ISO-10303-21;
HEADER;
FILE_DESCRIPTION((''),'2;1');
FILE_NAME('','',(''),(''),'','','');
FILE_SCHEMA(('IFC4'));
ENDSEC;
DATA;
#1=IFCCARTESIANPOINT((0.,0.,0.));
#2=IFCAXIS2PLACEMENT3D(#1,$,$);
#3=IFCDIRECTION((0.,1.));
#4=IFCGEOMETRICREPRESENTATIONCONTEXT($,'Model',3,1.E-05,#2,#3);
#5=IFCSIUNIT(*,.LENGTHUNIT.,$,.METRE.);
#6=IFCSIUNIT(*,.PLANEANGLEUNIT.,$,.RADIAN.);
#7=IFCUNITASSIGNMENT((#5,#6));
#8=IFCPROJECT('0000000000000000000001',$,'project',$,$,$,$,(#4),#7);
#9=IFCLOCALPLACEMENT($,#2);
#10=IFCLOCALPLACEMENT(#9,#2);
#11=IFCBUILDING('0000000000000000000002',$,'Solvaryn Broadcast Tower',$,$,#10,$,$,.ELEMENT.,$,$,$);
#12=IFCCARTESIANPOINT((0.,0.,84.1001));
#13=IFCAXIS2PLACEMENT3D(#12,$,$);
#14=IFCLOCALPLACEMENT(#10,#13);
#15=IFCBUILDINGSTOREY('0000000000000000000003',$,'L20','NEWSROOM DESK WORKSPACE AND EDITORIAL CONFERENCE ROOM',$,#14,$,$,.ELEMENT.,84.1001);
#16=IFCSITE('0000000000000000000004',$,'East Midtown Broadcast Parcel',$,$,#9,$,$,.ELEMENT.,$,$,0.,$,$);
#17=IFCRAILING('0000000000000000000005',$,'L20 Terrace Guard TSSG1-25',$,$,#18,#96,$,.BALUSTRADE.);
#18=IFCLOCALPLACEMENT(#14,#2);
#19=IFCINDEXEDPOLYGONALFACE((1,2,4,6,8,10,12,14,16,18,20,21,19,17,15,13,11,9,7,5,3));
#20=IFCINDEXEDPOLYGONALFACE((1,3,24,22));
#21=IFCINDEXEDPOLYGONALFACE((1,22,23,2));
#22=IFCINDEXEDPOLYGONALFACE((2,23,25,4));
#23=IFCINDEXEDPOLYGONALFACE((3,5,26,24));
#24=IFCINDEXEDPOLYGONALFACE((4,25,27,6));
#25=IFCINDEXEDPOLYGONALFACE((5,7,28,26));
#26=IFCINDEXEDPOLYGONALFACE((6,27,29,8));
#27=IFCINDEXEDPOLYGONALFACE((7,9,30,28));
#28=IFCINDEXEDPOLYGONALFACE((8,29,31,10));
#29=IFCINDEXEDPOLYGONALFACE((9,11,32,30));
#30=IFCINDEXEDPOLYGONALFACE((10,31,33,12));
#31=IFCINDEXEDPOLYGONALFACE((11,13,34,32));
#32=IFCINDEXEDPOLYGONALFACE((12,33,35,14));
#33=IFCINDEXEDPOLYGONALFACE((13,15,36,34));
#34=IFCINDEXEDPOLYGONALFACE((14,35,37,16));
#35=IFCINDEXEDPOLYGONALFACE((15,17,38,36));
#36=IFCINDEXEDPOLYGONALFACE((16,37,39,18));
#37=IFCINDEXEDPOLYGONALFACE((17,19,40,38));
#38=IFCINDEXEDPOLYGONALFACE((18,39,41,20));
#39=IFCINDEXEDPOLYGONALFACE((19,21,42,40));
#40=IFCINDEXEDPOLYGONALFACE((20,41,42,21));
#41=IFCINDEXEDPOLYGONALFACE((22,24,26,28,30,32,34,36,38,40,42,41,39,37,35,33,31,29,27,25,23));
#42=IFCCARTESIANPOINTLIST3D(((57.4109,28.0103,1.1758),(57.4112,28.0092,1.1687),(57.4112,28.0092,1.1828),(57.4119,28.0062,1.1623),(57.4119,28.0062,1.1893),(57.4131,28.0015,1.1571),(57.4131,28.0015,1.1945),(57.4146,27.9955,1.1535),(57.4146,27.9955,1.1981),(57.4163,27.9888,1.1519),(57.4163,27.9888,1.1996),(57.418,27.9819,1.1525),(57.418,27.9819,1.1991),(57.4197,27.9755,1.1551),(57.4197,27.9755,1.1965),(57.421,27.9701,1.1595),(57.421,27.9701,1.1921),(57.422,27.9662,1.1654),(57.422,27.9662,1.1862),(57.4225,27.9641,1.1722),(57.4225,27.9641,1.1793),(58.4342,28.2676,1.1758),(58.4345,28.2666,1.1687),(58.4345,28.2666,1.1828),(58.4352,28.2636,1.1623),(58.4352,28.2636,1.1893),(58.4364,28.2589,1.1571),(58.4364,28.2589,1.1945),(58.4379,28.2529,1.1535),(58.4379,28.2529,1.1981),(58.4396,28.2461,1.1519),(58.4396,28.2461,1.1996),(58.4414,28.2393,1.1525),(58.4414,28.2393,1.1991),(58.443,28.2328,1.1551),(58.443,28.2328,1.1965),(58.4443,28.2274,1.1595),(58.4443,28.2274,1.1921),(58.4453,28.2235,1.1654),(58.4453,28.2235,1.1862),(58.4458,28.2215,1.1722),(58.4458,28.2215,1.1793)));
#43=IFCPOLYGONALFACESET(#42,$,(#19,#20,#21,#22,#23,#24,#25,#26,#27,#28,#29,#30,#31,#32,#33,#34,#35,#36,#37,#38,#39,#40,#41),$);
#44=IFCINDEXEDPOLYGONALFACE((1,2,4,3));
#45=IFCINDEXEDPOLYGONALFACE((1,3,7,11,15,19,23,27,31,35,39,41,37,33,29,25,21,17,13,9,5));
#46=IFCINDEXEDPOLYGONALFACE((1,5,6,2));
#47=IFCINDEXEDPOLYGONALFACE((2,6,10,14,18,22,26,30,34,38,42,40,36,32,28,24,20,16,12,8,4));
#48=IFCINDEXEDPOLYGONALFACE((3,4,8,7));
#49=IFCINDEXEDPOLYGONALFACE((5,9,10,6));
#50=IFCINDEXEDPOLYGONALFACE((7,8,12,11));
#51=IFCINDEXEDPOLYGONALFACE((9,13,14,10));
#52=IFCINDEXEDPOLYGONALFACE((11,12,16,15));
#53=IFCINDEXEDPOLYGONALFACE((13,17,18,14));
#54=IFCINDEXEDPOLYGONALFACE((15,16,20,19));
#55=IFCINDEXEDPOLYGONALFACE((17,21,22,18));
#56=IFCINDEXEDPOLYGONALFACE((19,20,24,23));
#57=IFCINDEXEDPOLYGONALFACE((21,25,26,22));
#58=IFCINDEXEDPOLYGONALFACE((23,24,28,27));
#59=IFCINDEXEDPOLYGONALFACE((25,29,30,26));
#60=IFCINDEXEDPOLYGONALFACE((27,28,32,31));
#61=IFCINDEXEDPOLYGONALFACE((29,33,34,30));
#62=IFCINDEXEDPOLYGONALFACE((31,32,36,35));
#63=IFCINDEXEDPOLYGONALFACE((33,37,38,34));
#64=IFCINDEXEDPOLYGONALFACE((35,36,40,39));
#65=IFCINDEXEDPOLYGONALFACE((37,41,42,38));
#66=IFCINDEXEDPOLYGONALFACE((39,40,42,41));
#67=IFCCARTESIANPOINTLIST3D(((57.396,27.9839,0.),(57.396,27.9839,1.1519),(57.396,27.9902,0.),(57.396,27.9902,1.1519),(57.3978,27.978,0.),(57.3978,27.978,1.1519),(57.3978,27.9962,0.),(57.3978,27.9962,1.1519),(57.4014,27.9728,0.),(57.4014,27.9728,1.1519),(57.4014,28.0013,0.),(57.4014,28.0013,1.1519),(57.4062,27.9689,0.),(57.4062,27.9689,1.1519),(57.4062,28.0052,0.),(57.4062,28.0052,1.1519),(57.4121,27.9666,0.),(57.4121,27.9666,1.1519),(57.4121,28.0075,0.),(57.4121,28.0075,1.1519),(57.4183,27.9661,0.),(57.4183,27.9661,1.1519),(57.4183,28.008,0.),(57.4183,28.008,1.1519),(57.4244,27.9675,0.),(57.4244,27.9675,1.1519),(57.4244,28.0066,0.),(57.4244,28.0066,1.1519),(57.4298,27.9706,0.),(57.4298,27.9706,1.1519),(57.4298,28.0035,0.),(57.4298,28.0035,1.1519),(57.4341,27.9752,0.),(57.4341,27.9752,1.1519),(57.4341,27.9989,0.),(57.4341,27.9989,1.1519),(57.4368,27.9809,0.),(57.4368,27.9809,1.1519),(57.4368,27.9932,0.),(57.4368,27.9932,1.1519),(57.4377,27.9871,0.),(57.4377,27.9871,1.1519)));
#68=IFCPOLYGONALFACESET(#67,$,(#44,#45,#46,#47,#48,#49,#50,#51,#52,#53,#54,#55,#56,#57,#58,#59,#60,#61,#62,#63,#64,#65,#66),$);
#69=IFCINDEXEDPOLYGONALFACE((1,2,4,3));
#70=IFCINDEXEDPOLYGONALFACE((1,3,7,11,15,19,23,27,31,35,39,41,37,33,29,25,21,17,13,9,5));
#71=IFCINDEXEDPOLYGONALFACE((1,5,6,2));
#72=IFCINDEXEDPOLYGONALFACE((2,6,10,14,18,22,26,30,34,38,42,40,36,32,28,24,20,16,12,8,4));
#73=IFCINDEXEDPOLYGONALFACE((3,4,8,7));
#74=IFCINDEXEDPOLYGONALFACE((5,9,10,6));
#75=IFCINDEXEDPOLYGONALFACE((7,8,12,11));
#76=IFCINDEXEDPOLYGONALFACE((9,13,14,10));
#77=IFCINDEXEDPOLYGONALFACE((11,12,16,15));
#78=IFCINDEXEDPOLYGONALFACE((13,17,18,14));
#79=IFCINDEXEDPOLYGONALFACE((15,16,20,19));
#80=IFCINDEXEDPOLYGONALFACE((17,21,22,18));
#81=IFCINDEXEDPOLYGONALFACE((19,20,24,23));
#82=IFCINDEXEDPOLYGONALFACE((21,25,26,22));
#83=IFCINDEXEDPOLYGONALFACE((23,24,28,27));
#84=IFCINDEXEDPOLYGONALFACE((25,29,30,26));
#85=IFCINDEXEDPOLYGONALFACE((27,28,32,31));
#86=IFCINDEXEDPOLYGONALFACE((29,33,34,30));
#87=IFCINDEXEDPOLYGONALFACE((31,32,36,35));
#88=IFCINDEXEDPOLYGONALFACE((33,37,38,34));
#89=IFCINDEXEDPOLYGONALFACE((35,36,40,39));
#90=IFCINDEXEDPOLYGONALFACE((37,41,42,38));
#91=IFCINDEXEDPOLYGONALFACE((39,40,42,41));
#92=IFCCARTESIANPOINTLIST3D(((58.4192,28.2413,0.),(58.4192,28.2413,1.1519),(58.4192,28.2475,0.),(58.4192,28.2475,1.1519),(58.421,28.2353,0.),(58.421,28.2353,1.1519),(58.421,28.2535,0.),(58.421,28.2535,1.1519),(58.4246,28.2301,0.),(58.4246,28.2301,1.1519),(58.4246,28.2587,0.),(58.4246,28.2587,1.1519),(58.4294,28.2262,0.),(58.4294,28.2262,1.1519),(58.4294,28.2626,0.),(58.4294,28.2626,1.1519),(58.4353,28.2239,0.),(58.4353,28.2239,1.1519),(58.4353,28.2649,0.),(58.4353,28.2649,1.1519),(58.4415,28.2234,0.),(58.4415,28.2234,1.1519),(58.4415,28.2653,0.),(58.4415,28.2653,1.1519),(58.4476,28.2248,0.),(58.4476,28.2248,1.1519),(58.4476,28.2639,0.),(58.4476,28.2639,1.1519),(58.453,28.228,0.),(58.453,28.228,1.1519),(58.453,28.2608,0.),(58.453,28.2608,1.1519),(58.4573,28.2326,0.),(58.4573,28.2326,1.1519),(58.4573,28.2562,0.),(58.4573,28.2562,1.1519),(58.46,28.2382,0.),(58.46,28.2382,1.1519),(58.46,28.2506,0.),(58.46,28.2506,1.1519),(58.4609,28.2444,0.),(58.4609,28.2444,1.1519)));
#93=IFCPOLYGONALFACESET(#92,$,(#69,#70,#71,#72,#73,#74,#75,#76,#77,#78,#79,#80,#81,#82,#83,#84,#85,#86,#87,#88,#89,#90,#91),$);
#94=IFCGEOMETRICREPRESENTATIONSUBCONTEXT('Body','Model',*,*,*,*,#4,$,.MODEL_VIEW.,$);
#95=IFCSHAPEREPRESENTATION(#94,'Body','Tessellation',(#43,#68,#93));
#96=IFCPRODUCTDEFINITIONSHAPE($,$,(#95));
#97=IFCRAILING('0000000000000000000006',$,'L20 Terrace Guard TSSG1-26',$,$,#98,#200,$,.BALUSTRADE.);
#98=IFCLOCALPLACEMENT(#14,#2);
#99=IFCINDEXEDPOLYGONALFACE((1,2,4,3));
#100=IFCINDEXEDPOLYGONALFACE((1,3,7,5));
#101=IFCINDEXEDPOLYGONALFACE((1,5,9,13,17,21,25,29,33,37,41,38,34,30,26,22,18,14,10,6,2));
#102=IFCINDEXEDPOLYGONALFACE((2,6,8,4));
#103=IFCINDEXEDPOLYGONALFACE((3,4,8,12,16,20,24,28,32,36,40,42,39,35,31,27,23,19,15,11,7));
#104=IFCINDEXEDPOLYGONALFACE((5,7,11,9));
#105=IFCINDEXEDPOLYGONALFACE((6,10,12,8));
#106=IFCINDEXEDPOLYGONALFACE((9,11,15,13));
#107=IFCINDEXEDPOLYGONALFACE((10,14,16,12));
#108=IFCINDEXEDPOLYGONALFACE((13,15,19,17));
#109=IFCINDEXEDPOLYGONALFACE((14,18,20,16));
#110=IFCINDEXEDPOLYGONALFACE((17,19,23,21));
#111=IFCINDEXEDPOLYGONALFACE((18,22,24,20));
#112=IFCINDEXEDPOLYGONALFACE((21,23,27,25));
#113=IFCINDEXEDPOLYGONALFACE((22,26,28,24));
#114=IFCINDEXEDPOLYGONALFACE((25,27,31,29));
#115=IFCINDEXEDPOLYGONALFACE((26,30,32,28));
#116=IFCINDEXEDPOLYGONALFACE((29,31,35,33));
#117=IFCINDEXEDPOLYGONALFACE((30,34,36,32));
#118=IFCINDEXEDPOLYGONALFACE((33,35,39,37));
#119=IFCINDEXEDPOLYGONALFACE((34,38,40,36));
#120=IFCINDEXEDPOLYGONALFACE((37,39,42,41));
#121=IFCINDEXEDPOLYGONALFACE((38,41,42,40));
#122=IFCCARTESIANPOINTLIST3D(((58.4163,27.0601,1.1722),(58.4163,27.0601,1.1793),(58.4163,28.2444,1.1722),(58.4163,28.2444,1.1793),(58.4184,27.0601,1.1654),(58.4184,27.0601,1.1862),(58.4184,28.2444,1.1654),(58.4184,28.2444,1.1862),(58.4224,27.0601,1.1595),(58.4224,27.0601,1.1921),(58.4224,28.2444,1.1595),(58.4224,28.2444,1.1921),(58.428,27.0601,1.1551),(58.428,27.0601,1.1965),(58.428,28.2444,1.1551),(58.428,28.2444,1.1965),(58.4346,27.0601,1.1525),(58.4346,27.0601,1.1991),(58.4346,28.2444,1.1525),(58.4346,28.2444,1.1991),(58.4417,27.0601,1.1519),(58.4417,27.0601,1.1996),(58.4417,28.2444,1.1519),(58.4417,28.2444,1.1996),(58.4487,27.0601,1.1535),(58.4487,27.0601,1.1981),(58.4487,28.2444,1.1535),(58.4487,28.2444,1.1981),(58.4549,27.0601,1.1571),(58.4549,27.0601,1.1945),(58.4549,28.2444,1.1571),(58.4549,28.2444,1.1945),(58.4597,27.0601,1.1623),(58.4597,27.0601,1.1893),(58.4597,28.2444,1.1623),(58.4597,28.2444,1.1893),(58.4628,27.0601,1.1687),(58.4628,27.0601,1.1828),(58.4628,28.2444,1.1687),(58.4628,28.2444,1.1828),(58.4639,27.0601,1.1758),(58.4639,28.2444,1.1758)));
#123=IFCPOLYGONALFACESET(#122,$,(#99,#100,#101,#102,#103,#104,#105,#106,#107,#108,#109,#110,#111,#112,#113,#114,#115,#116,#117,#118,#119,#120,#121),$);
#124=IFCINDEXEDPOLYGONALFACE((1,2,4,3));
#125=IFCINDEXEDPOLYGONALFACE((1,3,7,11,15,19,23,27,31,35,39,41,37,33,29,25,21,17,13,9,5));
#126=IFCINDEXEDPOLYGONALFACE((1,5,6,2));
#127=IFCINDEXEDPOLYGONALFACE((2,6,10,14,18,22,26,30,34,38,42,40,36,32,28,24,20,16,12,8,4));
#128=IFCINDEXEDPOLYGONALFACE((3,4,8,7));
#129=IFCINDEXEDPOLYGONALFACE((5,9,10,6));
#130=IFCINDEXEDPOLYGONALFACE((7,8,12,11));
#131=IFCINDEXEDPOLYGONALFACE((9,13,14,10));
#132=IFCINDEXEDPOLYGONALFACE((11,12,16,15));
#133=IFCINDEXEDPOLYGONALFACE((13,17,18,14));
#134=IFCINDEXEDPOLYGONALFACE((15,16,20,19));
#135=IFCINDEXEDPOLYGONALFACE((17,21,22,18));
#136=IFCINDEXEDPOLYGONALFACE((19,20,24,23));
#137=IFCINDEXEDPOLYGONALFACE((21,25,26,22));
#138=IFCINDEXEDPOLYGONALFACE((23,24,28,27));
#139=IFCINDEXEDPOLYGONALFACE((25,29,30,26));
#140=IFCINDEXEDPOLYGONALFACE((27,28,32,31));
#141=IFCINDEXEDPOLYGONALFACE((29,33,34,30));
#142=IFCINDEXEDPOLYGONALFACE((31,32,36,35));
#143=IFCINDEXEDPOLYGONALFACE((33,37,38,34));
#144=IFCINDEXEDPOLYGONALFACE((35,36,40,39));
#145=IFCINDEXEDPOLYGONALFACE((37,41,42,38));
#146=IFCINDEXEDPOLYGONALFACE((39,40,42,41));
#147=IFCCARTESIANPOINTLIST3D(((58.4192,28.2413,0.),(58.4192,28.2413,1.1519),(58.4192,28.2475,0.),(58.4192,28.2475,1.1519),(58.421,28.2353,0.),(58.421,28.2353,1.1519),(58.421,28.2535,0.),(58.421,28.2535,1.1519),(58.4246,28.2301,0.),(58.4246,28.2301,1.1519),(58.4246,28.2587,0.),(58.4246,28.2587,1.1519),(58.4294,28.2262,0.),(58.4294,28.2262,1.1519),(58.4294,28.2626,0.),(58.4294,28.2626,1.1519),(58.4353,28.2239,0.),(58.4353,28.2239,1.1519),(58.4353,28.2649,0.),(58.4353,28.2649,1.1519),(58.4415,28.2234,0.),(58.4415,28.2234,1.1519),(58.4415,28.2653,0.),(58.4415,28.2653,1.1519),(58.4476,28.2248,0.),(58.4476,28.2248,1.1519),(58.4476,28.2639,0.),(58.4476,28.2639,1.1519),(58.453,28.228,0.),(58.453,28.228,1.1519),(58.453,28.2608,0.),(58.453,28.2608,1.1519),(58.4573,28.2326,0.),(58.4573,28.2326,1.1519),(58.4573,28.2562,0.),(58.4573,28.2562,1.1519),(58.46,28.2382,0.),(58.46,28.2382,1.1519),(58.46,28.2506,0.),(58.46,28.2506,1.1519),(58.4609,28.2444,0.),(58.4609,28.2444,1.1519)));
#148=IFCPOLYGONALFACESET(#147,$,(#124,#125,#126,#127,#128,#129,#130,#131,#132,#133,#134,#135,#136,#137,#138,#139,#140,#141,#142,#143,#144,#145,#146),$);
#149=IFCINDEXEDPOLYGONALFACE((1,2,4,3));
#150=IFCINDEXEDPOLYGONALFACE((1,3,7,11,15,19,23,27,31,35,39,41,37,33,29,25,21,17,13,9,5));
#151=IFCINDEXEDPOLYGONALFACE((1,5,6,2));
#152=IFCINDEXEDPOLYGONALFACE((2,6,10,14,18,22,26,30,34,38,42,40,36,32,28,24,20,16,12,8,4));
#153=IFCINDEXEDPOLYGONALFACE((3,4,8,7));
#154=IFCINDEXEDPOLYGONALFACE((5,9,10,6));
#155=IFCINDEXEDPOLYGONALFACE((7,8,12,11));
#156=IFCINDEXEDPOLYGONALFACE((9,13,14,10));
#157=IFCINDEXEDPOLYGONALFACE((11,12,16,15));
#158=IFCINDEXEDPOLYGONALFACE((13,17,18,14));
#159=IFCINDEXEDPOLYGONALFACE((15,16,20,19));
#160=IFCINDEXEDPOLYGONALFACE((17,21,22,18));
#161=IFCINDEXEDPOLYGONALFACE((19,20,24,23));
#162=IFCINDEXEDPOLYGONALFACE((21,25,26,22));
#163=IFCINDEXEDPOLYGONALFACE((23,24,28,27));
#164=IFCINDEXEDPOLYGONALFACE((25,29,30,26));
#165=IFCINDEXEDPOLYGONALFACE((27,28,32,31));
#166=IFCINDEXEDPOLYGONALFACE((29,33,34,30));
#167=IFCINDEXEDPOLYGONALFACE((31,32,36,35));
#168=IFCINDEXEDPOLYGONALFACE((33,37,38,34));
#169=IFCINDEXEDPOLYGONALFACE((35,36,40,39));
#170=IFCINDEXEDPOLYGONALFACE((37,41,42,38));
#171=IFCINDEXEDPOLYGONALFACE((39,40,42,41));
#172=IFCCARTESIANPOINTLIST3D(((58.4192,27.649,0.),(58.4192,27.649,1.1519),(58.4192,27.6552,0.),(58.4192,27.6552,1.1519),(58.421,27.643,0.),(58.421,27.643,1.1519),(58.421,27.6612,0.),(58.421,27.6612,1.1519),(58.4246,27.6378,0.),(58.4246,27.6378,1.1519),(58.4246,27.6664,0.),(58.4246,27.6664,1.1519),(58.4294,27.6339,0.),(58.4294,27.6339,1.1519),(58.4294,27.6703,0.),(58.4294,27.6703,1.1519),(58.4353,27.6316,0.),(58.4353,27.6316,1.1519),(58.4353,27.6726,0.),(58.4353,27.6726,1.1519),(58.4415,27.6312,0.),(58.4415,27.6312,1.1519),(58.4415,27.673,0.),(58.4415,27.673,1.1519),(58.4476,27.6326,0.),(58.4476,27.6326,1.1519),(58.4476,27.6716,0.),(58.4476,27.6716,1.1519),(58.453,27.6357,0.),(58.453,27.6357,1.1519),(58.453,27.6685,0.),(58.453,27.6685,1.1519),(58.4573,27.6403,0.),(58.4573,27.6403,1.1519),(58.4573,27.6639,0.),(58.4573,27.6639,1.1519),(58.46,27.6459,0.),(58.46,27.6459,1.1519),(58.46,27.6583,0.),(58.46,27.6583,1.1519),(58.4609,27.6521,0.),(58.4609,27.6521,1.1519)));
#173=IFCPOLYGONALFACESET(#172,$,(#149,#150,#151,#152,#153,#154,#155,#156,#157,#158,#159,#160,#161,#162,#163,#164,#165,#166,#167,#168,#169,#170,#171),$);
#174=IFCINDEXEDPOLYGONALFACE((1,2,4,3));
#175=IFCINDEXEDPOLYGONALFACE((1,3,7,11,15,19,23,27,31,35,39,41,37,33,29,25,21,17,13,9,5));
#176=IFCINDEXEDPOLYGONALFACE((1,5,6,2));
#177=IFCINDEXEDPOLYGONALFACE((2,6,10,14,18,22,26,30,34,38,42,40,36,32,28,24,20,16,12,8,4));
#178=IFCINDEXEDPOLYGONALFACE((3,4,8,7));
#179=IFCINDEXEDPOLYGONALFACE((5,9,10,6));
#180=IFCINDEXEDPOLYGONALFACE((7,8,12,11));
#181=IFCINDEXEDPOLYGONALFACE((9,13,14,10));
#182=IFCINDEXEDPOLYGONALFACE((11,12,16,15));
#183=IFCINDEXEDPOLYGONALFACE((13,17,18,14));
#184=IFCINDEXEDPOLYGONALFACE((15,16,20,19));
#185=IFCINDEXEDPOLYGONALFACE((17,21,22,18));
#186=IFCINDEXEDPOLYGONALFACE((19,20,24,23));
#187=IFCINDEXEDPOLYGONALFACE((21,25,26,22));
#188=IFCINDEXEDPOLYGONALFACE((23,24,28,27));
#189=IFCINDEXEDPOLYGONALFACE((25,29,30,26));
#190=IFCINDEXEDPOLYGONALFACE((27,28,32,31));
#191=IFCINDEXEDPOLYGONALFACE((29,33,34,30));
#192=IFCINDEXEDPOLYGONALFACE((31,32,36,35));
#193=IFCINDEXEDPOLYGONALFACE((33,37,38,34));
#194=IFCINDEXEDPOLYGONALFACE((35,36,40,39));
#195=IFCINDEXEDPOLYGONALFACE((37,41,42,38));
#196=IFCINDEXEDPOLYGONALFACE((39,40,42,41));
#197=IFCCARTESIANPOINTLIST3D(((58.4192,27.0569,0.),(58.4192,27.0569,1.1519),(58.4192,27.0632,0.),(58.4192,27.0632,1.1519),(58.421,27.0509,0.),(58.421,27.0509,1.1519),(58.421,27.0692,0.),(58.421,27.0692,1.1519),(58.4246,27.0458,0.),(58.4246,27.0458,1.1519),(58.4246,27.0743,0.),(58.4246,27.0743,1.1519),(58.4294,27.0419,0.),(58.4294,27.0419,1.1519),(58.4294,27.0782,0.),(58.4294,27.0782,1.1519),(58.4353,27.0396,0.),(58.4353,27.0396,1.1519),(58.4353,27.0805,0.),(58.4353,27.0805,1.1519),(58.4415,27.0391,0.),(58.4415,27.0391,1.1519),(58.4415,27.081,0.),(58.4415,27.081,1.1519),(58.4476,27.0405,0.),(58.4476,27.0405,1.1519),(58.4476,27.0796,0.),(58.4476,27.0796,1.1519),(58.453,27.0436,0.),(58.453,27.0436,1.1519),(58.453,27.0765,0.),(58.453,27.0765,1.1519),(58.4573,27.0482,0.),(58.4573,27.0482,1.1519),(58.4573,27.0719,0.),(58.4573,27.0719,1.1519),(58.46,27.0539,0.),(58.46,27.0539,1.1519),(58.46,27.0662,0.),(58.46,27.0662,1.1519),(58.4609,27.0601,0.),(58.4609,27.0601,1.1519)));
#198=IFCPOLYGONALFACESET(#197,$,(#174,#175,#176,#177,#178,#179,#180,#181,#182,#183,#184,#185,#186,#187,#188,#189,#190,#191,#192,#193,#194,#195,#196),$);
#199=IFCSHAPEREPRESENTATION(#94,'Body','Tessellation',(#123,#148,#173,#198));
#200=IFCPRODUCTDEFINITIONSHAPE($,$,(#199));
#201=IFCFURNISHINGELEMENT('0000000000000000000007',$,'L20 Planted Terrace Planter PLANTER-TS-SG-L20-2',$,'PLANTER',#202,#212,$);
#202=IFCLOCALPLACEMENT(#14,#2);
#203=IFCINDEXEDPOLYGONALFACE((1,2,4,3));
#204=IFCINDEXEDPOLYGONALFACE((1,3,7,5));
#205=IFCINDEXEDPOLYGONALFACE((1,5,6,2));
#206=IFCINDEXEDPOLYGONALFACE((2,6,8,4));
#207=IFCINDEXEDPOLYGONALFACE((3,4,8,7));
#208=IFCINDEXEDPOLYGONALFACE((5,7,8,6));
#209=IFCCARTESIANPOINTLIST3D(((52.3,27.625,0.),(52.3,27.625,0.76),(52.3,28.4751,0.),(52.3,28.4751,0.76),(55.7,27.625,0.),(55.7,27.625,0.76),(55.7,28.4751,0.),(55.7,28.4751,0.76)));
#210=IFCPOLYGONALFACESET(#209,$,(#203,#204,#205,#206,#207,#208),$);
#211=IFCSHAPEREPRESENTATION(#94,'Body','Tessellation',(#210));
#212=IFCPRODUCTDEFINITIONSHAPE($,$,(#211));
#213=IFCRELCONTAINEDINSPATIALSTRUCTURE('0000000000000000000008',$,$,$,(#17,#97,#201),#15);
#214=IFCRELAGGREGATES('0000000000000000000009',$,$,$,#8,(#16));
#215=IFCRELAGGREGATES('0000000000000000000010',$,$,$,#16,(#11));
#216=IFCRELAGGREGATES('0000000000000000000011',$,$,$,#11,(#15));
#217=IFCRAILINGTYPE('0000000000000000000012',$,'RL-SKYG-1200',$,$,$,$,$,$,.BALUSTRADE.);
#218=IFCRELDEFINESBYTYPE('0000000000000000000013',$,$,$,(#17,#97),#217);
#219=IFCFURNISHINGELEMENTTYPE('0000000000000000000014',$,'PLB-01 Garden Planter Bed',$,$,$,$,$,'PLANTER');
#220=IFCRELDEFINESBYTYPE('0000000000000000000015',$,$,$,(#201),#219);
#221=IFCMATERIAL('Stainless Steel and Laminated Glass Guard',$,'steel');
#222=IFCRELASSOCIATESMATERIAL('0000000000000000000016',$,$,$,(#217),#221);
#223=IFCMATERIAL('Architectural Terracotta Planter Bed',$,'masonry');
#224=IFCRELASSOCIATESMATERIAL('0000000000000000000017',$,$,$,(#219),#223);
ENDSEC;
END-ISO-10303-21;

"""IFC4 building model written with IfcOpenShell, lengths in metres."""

from ifc_helpers import new_model, si_unit, direction, frame, origin, origin_2d, place, context, subcontext, project, spatial, rectangle, circle, extrude, material, type_object, element, save


model = new_model("IFC4")

# Units and contexts
model_context = context("Model", 3, precision=1e-05, world=origin(), true_north=direction((0.0, 1.0)))
body_context = subcontext(model_context, "Body", "Model", "MODEL_VIEW")
ifc_project = project(units=[si_unit("LENGTHUNIT", "METRE"), si_unit("PLANEANGLEUNIT", "RADIAN")], contexts=[model_context])

# Site, building, storey
site_placement = place(None, origin())
site = spatial("IfcSite", under=ifc_project, at=site_placement, Name="East Midtown Broadcast Parcel", CompositionType="ELEMENT", RefElevation=0.0)
building_placement = place(site_placement, origin())
building = spatial("IfcBuilding", under=site, at=building_placement, Name="Solvaryn Broadcast Tower", CompositionType="ELEMENT")
storey_placement = place(building_placement, frame((0.0, 0.0, 84.1001)))
storey = spatial("IfcBuildingStorey", under=building, at=storey_placement, Name="L20", Description="NEWSROOM DESK WORKSPACE AND EDITORIAL CONFERENCE ROOM", CompositionType="ELEMENT", Elevation=84.1001)

# Railings
ifc_material_1 = material(Name="Stainless Steel and Laminated Glass Guard", Category="steel")
railing_type = type_object("IfcRailingType", Name="RL-SKYG-1200", PredefinedType="BALUSTRADE", material=ifc_material_1)
railing_1_placement = place(storey_placement, frame((57.4167, 27.9871, 0.0)))
element("IfcRailing", 1, at=railing_1_placement, inside=storey, type_object=railing_type, Name="L20 Terrace Guard TSSG1-25", PredefinedType="BALUSTRADE", context=body_context, shape_type="SweptSolid", body=[
    extrude(circle(Radius=0.0239, at=origin_2d()), frame((0.0, 0.0, 1.1758), z_axis=(0.969801, 0.243897, 0.0), x_axis=(-0.243897, 0.969801, 0.0)), (0.0, 0.0, 1.0), 1.0552),
    extrude(circle(Radius=0.021, at=origin_2d()), origin(), (0.0, 0.0, 1.0), 1.1519),
    extrude(circle(Radius=0.021, at=origin_2d()), frame((1.0232, 0.2573, 0.0)), (0.0, 0.0, 1.0), 1.1519),
])
railing_2_placement = place(storey_placement, frame((58.4399, 28.2444, 0.0)))
element("IfcRailing", 2, at=railing_2_placement, inside=storey, type_object=railing_type, Name="L20 Terrace Guard TSSG1-26", PredefinedType="BALUSTRADE", context=body_context, shape_type="SweptSolid", body=[
    extrude(circle(Radius=0.0239, at=origin_2d()), frame((0.0, 0.0, 1.1758), z_axis=(0.0, -1.0, 0.0), x_axis=(1.0, 0.0, 0.0)), (0.0, 0.0, 1.0), 1.1843),
    extrude(circle(Radius=0.021, at=origin_2d()), origin(), (0.0, 0.0, 1.0), 1.1519),
    extrude(circle(Radius=0.021, at=origin_2d()), frame((0.0, -0.5923, 0.0)), (0.0, 0.0, 1.0), 1.1519),
    extrude(circle(Radius=0.021, at=origin_2d()), frame((0.0, -1.1843, 0.0)), (0.0, 0.0, 1.0), 1.1519),
])

# Furnishing element
ifc_material_2 = material(Name="Architectural Terracotta Planter Bed", Category="masonry")
furnishing_element_type = type_object("IfcFurnishingElementType", Name="PLB-01 Garden Planter Bed", ElementType="PLANTER", material=ifc_material_2)
furnishing_placement = place(storey_placement, frame((54.0, 28.05, 0.0), z_axis=(0.0, 0.0, 1.0), x_axis=(1.0, 0.0, 0.0)))
element("IfcFurnishingElement", 3, at=furnishing_placement, inside=storey, type_object=furnishing_element_type, Name="L20 Planted Terrace Planter PLANTER-TS-SG-L20-2", ObjectType="PLANTER", context=body_context, shape_type="SweptSolid", body=[
    extrude(rectangle(XDim=3.3999, YDim=0.8501, at=origin_2d()), origin(), (0.0, 0.0, 1.0), 0.76),
])

save(model, "model.ifc")
